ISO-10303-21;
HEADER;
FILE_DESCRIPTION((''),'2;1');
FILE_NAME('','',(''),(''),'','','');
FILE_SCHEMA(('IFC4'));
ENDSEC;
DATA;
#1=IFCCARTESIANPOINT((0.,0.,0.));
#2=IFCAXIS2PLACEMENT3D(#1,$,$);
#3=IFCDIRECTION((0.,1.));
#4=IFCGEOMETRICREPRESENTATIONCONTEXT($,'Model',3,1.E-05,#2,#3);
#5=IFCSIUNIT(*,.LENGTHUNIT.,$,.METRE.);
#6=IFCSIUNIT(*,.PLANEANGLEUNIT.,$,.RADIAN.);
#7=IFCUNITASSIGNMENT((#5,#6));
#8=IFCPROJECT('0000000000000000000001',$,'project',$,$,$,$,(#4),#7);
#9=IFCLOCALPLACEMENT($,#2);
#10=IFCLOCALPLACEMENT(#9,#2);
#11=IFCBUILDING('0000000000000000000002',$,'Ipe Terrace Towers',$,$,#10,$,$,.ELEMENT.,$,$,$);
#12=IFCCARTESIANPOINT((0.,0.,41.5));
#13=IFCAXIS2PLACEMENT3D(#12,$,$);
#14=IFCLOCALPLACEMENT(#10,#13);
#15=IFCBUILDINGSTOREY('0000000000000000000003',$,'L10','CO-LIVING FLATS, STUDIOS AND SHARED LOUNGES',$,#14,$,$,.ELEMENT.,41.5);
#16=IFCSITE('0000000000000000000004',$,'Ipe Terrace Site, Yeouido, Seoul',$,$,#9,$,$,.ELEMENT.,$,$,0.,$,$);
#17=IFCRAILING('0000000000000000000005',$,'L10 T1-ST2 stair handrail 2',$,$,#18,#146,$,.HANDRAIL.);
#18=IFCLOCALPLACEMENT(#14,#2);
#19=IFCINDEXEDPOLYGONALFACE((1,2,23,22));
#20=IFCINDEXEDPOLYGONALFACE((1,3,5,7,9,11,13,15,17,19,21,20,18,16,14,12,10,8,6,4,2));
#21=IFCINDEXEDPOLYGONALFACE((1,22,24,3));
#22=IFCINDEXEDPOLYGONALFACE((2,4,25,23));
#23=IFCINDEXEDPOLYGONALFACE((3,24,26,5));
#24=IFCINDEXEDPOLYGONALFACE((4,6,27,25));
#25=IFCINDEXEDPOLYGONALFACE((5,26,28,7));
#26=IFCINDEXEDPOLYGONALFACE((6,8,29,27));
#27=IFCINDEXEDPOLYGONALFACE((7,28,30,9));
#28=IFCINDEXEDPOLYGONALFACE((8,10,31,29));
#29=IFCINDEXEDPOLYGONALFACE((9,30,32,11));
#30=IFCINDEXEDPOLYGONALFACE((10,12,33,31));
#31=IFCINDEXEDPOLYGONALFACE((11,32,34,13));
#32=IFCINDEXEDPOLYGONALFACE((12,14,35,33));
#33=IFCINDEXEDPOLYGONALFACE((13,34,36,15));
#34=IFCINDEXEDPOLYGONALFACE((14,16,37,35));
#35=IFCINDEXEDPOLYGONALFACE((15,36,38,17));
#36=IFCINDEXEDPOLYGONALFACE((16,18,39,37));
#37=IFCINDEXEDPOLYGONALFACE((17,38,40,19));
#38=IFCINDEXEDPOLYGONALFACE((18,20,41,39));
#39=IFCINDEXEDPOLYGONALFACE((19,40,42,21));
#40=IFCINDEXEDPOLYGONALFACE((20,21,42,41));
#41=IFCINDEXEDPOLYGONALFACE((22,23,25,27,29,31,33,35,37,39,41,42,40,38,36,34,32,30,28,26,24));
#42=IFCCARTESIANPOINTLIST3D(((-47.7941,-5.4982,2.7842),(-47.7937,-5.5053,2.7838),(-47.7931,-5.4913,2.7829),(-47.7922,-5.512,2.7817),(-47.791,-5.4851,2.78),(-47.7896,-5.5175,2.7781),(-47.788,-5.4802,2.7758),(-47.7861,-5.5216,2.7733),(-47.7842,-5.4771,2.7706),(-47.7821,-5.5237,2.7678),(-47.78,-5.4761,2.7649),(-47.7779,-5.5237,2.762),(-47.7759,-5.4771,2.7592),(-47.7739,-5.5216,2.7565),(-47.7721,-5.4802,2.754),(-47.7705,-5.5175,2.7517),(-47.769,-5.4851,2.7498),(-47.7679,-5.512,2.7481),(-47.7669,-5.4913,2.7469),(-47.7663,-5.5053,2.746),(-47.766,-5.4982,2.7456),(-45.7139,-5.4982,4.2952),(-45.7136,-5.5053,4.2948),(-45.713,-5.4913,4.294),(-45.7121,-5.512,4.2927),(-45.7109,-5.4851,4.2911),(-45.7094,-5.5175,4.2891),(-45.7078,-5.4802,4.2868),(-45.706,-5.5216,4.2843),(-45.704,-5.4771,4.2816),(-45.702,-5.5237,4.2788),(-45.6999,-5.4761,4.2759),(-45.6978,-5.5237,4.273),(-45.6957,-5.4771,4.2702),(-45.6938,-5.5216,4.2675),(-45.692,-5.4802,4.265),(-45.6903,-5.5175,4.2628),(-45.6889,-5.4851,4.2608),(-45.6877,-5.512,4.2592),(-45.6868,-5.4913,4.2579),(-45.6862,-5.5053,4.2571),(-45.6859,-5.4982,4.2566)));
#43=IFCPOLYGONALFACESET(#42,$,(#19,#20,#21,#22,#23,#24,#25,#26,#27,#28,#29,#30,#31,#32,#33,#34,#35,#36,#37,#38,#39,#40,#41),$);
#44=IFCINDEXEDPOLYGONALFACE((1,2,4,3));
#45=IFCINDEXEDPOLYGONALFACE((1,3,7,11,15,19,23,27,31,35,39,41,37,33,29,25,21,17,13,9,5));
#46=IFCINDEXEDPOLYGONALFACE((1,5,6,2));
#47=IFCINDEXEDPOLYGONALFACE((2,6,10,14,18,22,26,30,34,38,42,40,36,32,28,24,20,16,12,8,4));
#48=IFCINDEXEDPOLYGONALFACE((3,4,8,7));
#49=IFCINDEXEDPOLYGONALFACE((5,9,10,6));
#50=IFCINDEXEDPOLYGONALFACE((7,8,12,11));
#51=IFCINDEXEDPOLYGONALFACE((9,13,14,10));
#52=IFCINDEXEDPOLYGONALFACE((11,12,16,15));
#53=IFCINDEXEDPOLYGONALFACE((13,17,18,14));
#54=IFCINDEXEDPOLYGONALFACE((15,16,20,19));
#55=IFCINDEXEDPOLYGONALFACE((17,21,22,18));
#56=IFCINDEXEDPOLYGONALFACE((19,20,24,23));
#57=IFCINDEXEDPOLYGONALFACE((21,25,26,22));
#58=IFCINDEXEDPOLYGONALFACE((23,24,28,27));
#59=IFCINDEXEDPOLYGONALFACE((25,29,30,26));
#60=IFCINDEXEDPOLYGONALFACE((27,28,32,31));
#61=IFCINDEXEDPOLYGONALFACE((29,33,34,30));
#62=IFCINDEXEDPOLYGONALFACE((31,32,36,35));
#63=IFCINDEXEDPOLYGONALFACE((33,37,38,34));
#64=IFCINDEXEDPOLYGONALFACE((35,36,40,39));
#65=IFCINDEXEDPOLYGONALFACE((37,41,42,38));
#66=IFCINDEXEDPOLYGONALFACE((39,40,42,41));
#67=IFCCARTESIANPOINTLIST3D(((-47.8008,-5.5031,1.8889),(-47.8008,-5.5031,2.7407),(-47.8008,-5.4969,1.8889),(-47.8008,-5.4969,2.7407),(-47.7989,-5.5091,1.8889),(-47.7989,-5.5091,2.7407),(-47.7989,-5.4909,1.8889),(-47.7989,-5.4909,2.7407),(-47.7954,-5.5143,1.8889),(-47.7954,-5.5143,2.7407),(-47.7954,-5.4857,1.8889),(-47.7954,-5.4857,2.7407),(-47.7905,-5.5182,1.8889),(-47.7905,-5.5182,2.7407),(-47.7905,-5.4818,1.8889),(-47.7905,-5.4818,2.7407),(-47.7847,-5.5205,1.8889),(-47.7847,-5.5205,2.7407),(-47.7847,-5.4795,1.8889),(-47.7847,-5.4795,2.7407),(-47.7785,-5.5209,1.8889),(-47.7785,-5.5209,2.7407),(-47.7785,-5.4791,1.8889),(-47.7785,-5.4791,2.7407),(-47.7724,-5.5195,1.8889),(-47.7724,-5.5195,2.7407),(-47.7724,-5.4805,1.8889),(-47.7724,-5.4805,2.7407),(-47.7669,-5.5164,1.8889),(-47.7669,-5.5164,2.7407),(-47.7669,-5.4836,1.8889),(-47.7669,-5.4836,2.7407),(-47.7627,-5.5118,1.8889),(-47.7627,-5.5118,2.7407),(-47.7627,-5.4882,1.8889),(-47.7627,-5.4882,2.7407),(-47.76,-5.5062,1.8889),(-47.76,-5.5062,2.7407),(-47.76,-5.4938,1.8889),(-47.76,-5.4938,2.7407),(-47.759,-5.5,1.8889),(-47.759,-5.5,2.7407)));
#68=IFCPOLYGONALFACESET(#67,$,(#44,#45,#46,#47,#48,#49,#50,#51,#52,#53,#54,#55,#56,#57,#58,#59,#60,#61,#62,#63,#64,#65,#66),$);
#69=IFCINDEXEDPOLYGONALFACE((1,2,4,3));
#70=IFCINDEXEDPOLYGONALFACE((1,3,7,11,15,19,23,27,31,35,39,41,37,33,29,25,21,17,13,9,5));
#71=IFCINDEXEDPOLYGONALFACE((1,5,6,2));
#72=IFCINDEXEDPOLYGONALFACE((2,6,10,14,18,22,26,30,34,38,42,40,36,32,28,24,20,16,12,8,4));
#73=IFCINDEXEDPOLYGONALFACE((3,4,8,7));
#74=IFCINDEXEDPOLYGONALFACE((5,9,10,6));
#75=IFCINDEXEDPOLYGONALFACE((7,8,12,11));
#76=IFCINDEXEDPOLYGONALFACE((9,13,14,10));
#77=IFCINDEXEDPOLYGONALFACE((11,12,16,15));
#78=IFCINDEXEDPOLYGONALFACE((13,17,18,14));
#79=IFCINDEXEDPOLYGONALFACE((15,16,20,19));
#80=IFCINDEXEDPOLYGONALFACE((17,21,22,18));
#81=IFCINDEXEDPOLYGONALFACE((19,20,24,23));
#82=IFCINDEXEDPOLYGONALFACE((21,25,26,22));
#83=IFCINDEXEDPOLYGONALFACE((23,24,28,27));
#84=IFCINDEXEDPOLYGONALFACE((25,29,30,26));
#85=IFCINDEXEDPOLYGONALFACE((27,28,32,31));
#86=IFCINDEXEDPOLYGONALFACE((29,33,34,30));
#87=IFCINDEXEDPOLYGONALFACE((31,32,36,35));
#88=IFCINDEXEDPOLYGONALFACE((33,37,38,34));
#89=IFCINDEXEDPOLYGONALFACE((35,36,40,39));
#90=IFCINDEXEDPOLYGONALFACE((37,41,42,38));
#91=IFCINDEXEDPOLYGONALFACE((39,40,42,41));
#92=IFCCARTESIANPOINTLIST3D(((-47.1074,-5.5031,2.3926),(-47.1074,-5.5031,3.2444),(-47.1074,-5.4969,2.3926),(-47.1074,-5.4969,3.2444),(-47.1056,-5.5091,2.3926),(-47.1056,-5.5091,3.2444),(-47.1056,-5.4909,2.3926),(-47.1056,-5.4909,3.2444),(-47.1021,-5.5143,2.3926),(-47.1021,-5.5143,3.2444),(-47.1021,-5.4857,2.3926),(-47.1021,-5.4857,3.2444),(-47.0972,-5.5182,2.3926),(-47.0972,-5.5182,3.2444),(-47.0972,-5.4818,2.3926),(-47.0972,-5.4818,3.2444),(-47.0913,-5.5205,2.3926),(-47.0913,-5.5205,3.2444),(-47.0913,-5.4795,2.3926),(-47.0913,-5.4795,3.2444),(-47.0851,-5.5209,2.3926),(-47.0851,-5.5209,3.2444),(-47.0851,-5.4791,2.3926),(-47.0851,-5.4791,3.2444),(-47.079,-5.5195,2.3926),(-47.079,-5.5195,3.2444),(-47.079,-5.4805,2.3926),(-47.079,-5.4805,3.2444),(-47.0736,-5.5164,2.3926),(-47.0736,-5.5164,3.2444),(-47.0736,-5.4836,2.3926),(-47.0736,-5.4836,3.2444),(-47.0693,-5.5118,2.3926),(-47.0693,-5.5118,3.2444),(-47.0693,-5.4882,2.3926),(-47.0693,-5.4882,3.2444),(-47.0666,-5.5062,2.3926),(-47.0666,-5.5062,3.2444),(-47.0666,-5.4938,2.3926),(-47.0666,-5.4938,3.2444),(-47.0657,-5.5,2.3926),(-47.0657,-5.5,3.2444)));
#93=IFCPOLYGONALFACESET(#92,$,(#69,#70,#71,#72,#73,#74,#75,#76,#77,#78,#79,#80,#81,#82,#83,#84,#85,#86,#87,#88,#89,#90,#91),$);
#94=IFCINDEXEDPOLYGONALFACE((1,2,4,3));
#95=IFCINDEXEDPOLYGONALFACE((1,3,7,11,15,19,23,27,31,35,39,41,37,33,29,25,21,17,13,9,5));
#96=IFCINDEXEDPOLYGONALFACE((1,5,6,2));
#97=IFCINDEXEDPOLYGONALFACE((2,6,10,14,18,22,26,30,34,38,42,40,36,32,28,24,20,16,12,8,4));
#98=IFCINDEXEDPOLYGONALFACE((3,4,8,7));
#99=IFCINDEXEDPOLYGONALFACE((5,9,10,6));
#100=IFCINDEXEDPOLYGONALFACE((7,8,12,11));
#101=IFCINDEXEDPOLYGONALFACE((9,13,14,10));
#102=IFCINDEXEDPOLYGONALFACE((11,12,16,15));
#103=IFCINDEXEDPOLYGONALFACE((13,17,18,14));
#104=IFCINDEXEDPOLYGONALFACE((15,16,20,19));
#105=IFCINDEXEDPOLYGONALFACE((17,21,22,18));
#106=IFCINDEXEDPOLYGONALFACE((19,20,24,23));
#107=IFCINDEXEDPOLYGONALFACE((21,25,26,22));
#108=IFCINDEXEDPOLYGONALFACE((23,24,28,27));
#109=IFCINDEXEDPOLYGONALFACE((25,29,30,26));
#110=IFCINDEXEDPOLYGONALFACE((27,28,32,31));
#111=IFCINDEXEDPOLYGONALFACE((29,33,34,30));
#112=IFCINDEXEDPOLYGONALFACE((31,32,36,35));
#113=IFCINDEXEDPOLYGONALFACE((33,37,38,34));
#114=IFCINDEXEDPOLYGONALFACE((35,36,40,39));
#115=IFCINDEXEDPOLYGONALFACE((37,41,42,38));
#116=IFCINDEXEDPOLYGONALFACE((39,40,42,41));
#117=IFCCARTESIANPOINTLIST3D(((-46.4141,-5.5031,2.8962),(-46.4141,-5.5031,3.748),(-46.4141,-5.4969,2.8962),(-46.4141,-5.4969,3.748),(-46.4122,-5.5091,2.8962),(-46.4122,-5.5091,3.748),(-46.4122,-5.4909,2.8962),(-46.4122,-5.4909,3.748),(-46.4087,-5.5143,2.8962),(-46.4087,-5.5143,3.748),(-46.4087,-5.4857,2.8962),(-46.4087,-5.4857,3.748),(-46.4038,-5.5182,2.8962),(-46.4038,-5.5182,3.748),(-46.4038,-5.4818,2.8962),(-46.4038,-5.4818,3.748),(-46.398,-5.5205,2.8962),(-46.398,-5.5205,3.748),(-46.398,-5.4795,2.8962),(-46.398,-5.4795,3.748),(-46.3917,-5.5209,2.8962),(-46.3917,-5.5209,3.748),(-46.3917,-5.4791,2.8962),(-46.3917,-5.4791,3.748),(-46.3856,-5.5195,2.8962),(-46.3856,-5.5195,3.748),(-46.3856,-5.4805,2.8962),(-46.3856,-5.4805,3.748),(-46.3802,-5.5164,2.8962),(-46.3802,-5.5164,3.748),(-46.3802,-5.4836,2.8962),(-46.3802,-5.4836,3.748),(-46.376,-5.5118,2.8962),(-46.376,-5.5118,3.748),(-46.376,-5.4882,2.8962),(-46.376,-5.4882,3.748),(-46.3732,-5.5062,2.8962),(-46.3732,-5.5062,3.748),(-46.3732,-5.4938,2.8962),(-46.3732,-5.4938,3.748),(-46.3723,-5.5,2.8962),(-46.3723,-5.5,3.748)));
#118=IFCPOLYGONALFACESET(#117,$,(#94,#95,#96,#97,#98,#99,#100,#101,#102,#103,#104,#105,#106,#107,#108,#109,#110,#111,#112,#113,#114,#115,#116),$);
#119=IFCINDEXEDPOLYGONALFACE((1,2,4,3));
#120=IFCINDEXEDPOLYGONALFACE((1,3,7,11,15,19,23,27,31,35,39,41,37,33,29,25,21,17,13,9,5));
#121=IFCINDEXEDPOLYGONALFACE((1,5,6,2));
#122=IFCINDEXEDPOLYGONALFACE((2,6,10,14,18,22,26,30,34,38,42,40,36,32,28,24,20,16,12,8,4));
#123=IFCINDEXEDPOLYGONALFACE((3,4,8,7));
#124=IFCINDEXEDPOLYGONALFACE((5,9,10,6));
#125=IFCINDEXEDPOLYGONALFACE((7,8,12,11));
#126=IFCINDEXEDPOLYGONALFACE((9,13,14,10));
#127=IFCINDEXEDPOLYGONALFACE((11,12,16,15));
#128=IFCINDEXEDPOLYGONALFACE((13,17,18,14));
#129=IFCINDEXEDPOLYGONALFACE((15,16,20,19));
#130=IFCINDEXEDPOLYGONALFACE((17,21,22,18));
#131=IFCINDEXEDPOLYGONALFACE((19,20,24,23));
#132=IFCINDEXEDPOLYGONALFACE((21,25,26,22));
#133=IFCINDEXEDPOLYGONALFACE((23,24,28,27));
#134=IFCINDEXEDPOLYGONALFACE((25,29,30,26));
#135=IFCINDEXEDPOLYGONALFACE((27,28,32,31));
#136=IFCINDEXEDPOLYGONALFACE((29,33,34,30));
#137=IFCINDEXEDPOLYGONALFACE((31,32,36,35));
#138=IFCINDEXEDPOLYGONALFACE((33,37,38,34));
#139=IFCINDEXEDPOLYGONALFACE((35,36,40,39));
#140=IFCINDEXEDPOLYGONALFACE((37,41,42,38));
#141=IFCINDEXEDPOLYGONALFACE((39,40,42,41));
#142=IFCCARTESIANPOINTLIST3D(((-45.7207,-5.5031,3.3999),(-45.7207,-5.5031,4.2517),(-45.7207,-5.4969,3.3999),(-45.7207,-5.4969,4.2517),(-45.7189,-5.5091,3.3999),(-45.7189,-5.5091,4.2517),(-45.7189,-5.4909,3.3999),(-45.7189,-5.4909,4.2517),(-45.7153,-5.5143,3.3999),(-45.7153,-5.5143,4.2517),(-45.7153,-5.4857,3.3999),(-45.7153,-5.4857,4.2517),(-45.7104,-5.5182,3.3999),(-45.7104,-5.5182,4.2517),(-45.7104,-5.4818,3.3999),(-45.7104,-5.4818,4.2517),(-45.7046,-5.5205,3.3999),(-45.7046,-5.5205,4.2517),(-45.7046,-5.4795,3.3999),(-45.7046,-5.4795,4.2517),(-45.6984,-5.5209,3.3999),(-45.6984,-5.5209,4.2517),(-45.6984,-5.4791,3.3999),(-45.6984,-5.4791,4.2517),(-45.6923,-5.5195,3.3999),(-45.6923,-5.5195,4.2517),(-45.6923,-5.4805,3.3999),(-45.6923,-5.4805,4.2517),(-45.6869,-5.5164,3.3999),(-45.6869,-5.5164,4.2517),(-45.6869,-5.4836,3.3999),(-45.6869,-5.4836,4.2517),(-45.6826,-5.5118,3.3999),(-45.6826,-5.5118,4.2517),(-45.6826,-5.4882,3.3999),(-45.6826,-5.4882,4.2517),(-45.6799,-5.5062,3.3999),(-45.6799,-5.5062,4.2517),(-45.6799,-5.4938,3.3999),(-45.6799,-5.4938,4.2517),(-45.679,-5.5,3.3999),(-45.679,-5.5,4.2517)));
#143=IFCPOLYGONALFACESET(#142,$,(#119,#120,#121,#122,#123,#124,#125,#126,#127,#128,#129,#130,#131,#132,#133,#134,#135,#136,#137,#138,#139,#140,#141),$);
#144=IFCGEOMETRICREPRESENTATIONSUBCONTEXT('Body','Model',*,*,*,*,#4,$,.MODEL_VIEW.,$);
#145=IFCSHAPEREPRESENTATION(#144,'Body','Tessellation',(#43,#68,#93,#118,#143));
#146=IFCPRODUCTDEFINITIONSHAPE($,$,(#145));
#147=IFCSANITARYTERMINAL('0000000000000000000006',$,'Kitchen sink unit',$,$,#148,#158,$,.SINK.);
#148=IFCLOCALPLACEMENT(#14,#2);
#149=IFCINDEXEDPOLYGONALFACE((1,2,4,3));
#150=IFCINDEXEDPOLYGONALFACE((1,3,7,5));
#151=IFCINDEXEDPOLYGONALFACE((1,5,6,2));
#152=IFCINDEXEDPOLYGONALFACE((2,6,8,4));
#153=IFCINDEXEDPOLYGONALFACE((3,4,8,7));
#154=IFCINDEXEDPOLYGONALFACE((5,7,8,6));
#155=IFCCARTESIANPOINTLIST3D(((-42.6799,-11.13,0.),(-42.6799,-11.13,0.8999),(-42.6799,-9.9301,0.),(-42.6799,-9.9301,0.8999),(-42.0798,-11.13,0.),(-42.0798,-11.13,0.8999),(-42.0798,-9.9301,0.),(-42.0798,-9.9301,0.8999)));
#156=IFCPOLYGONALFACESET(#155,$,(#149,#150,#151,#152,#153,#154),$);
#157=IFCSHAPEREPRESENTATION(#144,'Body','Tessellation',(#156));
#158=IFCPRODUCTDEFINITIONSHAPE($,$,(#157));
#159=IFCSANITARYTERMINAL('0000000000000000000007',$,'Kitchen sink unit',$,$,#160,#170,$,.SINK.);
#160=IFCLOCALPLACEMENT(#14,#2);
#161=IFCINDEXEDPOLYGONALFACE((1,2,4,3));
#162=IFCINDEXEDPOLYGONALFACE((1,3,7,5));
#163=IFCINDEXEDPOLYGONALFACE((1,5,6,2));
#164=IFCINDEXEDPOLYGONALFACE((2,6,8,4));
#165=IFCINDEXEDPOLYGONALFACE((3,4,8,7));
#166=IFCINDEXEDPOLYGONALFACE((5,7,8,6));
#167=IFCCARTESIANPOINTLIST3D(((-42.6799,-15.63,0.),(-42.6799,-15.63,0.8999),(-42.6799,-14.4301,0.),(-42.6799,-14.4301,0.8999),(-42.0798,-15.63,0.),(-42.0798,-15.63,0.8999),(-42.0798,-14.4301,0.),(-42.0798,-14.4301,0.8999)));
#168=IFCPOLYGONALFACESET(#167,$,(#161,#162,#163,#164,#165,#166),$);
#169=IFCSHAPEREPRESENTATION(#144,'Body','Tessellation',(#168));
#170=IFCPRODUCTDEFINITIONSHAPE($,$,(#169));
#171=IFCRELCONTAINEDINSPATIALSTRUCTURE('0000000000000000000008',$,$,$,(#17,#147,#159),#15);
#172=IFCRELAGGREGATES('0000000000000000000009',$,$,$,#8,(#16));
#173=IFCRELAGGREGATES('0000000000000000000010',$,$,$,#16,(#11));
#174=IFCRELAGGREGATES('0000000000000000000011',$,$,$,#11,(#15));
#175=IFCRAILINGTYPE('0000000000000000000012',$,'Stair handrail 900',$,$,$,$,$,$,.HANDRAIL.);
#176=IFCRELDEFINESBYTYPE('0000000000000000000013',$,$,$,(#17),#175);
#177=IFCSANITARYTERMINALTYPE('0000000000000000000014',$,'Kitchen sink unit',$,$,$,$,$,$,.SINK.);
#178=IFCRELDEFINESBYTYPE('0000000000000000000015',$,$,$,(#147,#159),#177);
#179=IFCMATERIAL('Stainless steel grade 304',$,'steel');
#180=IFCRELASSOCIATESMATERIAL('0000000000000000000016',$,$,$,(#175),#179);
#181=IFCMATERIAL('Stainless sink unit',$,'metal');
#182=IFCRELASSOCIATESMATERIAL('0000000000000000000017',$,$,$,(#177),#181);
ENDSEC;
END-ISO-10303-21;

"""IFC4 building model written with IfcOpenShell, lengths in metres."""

from ifc_helpers import new_model, si_unit, direction, frame, origin, origin_2d, place, context, subcontext, project, spatial, rectangle, circle, extrude, material, type_object, element, save


model = new_model("IFC4")

# Units and contexts
model_context = context("Model", 3, precision=1e-05, world=origin(), true_north=direction((0.0, 1.0)))
body_context = subcontext(model_context, "Body", "Model", "MODEL_VIEW")
ifc_project = project(units=[si_unit("LENGTHUNIT", "METRE"), si_unit("PLANEANGLEUNIT", "RADIAN")], contexts=[model_context])

# Site, building, storey
site_placement = place(None, origin())
site = spatial("IfcSite", under=ifc_project, at=site_placement, Name="Ipe Terrace Site, Yeouido, Seoul", CompositionType="ELEMENT", RefElevation=0.0)
building_placement = place(site_placement, origin())
building = spatial("IfcBuilding", under=site, at=building_placement, Name="Ipe Terrace Towers", CompositionType="ELEMENT")
storey_placement = place(building_placement, frame((0.0, 0.0, 41.5)))
storey = spatial("IfcBuildingStorey", under=building, at=storey_placement, Name="L10", Description="CO-LIVING FLATS, STUDIOS AND SHARED LOUNGES", CompositionType="ELEMENT", Elevation=41.5)

# Railing
ifc_material_1 = material(Name="Stainless steel grade 304", Category="steel")
railing_type_1 = type_object("IfcRailingType", Name="Stair handrail 900", PredefinedType="HANDRAIL", material=ifc_material_1)
railing_1_placement = place(storey_placement, frame((-47.78, -5.5, 1.8889)))
element("IfcRailing", 1, at=railing_1_placement, inside=storey, type_object=railing_type_1, Name="L10 T1-ST2 stair handrail 2", PredefinedType="HANDRAIL", context=body_context, shape_type="SweptSolid", body=[
    extrude(circle(Radius=0.0239, at=origin_2d()), frame((0.0, 0.0, 0.876), z_axis=(0.809069, 0.0, 0.587714), x_axis=(0.0, 1.0, 0.0)), (0.0, 0.0, 1.0), 2.571),
    extrude(circle(Radius=0.021, at=origin_2d()), origin(), (0.0, 0.0, 1.0), 0.8518),
    extrude(circle(Radius=0.021, at=origin_2d()), frame((0.6934, 0.0, 0.5037)), (0.0, 0.0, 1.0), 0.8518),
    extrude(circle(Radius=0.021, at=origin_2d()), frame((1.3867, 0.0, 1.0073)), (0.0, 0.0, 1.0), 0.8518),
    extrude(circle(Radius=0.021, at=origin_2d()), frame((2.0801, 0.0, 1.511)), (0.0, 0.0, 1.0), 0.8518),
])

# Sanitary terminals
ifc_material_2 = material(Name="Stainless sink unit", Category="metal")
sanitary_terminal_type = type_object("IfcSanitaryTerminalType", Name="Kitchen sink unit", PredefinedType="SINK", material=ifc_material_2)
for number, where, z_axis, x_axis, name in (
    (2, (-42.3799, -10.53, 0.0), (0.0, 0.0, 1.0), (0.0, 1.0, 0.0), "Kitchen sink unit"),
    (3, (-42.3799, -15.03, 0.0), (0.0, 0.0, 1.0), (0.0, 1.0, 0.0), "Kitchen sink unit"),
):
    element("IfcSanitaryTerminal", number, at=place(storey_placement, frame(where, z_axis=z_axis, x_axis=x_axis)), inside=storey, type_object=sanitary_terminal_type, Name=name, PredefinedType="SINK", context=body_context, shape_type="SweptSolid", body=[
        extrude(rectangle(XDim=1.2, YDim=0.6001, at=origin_2d()), origin(), (0.0, 0.0, 1.0), 0.8999),
    ])

save(model, "model.ifc")
